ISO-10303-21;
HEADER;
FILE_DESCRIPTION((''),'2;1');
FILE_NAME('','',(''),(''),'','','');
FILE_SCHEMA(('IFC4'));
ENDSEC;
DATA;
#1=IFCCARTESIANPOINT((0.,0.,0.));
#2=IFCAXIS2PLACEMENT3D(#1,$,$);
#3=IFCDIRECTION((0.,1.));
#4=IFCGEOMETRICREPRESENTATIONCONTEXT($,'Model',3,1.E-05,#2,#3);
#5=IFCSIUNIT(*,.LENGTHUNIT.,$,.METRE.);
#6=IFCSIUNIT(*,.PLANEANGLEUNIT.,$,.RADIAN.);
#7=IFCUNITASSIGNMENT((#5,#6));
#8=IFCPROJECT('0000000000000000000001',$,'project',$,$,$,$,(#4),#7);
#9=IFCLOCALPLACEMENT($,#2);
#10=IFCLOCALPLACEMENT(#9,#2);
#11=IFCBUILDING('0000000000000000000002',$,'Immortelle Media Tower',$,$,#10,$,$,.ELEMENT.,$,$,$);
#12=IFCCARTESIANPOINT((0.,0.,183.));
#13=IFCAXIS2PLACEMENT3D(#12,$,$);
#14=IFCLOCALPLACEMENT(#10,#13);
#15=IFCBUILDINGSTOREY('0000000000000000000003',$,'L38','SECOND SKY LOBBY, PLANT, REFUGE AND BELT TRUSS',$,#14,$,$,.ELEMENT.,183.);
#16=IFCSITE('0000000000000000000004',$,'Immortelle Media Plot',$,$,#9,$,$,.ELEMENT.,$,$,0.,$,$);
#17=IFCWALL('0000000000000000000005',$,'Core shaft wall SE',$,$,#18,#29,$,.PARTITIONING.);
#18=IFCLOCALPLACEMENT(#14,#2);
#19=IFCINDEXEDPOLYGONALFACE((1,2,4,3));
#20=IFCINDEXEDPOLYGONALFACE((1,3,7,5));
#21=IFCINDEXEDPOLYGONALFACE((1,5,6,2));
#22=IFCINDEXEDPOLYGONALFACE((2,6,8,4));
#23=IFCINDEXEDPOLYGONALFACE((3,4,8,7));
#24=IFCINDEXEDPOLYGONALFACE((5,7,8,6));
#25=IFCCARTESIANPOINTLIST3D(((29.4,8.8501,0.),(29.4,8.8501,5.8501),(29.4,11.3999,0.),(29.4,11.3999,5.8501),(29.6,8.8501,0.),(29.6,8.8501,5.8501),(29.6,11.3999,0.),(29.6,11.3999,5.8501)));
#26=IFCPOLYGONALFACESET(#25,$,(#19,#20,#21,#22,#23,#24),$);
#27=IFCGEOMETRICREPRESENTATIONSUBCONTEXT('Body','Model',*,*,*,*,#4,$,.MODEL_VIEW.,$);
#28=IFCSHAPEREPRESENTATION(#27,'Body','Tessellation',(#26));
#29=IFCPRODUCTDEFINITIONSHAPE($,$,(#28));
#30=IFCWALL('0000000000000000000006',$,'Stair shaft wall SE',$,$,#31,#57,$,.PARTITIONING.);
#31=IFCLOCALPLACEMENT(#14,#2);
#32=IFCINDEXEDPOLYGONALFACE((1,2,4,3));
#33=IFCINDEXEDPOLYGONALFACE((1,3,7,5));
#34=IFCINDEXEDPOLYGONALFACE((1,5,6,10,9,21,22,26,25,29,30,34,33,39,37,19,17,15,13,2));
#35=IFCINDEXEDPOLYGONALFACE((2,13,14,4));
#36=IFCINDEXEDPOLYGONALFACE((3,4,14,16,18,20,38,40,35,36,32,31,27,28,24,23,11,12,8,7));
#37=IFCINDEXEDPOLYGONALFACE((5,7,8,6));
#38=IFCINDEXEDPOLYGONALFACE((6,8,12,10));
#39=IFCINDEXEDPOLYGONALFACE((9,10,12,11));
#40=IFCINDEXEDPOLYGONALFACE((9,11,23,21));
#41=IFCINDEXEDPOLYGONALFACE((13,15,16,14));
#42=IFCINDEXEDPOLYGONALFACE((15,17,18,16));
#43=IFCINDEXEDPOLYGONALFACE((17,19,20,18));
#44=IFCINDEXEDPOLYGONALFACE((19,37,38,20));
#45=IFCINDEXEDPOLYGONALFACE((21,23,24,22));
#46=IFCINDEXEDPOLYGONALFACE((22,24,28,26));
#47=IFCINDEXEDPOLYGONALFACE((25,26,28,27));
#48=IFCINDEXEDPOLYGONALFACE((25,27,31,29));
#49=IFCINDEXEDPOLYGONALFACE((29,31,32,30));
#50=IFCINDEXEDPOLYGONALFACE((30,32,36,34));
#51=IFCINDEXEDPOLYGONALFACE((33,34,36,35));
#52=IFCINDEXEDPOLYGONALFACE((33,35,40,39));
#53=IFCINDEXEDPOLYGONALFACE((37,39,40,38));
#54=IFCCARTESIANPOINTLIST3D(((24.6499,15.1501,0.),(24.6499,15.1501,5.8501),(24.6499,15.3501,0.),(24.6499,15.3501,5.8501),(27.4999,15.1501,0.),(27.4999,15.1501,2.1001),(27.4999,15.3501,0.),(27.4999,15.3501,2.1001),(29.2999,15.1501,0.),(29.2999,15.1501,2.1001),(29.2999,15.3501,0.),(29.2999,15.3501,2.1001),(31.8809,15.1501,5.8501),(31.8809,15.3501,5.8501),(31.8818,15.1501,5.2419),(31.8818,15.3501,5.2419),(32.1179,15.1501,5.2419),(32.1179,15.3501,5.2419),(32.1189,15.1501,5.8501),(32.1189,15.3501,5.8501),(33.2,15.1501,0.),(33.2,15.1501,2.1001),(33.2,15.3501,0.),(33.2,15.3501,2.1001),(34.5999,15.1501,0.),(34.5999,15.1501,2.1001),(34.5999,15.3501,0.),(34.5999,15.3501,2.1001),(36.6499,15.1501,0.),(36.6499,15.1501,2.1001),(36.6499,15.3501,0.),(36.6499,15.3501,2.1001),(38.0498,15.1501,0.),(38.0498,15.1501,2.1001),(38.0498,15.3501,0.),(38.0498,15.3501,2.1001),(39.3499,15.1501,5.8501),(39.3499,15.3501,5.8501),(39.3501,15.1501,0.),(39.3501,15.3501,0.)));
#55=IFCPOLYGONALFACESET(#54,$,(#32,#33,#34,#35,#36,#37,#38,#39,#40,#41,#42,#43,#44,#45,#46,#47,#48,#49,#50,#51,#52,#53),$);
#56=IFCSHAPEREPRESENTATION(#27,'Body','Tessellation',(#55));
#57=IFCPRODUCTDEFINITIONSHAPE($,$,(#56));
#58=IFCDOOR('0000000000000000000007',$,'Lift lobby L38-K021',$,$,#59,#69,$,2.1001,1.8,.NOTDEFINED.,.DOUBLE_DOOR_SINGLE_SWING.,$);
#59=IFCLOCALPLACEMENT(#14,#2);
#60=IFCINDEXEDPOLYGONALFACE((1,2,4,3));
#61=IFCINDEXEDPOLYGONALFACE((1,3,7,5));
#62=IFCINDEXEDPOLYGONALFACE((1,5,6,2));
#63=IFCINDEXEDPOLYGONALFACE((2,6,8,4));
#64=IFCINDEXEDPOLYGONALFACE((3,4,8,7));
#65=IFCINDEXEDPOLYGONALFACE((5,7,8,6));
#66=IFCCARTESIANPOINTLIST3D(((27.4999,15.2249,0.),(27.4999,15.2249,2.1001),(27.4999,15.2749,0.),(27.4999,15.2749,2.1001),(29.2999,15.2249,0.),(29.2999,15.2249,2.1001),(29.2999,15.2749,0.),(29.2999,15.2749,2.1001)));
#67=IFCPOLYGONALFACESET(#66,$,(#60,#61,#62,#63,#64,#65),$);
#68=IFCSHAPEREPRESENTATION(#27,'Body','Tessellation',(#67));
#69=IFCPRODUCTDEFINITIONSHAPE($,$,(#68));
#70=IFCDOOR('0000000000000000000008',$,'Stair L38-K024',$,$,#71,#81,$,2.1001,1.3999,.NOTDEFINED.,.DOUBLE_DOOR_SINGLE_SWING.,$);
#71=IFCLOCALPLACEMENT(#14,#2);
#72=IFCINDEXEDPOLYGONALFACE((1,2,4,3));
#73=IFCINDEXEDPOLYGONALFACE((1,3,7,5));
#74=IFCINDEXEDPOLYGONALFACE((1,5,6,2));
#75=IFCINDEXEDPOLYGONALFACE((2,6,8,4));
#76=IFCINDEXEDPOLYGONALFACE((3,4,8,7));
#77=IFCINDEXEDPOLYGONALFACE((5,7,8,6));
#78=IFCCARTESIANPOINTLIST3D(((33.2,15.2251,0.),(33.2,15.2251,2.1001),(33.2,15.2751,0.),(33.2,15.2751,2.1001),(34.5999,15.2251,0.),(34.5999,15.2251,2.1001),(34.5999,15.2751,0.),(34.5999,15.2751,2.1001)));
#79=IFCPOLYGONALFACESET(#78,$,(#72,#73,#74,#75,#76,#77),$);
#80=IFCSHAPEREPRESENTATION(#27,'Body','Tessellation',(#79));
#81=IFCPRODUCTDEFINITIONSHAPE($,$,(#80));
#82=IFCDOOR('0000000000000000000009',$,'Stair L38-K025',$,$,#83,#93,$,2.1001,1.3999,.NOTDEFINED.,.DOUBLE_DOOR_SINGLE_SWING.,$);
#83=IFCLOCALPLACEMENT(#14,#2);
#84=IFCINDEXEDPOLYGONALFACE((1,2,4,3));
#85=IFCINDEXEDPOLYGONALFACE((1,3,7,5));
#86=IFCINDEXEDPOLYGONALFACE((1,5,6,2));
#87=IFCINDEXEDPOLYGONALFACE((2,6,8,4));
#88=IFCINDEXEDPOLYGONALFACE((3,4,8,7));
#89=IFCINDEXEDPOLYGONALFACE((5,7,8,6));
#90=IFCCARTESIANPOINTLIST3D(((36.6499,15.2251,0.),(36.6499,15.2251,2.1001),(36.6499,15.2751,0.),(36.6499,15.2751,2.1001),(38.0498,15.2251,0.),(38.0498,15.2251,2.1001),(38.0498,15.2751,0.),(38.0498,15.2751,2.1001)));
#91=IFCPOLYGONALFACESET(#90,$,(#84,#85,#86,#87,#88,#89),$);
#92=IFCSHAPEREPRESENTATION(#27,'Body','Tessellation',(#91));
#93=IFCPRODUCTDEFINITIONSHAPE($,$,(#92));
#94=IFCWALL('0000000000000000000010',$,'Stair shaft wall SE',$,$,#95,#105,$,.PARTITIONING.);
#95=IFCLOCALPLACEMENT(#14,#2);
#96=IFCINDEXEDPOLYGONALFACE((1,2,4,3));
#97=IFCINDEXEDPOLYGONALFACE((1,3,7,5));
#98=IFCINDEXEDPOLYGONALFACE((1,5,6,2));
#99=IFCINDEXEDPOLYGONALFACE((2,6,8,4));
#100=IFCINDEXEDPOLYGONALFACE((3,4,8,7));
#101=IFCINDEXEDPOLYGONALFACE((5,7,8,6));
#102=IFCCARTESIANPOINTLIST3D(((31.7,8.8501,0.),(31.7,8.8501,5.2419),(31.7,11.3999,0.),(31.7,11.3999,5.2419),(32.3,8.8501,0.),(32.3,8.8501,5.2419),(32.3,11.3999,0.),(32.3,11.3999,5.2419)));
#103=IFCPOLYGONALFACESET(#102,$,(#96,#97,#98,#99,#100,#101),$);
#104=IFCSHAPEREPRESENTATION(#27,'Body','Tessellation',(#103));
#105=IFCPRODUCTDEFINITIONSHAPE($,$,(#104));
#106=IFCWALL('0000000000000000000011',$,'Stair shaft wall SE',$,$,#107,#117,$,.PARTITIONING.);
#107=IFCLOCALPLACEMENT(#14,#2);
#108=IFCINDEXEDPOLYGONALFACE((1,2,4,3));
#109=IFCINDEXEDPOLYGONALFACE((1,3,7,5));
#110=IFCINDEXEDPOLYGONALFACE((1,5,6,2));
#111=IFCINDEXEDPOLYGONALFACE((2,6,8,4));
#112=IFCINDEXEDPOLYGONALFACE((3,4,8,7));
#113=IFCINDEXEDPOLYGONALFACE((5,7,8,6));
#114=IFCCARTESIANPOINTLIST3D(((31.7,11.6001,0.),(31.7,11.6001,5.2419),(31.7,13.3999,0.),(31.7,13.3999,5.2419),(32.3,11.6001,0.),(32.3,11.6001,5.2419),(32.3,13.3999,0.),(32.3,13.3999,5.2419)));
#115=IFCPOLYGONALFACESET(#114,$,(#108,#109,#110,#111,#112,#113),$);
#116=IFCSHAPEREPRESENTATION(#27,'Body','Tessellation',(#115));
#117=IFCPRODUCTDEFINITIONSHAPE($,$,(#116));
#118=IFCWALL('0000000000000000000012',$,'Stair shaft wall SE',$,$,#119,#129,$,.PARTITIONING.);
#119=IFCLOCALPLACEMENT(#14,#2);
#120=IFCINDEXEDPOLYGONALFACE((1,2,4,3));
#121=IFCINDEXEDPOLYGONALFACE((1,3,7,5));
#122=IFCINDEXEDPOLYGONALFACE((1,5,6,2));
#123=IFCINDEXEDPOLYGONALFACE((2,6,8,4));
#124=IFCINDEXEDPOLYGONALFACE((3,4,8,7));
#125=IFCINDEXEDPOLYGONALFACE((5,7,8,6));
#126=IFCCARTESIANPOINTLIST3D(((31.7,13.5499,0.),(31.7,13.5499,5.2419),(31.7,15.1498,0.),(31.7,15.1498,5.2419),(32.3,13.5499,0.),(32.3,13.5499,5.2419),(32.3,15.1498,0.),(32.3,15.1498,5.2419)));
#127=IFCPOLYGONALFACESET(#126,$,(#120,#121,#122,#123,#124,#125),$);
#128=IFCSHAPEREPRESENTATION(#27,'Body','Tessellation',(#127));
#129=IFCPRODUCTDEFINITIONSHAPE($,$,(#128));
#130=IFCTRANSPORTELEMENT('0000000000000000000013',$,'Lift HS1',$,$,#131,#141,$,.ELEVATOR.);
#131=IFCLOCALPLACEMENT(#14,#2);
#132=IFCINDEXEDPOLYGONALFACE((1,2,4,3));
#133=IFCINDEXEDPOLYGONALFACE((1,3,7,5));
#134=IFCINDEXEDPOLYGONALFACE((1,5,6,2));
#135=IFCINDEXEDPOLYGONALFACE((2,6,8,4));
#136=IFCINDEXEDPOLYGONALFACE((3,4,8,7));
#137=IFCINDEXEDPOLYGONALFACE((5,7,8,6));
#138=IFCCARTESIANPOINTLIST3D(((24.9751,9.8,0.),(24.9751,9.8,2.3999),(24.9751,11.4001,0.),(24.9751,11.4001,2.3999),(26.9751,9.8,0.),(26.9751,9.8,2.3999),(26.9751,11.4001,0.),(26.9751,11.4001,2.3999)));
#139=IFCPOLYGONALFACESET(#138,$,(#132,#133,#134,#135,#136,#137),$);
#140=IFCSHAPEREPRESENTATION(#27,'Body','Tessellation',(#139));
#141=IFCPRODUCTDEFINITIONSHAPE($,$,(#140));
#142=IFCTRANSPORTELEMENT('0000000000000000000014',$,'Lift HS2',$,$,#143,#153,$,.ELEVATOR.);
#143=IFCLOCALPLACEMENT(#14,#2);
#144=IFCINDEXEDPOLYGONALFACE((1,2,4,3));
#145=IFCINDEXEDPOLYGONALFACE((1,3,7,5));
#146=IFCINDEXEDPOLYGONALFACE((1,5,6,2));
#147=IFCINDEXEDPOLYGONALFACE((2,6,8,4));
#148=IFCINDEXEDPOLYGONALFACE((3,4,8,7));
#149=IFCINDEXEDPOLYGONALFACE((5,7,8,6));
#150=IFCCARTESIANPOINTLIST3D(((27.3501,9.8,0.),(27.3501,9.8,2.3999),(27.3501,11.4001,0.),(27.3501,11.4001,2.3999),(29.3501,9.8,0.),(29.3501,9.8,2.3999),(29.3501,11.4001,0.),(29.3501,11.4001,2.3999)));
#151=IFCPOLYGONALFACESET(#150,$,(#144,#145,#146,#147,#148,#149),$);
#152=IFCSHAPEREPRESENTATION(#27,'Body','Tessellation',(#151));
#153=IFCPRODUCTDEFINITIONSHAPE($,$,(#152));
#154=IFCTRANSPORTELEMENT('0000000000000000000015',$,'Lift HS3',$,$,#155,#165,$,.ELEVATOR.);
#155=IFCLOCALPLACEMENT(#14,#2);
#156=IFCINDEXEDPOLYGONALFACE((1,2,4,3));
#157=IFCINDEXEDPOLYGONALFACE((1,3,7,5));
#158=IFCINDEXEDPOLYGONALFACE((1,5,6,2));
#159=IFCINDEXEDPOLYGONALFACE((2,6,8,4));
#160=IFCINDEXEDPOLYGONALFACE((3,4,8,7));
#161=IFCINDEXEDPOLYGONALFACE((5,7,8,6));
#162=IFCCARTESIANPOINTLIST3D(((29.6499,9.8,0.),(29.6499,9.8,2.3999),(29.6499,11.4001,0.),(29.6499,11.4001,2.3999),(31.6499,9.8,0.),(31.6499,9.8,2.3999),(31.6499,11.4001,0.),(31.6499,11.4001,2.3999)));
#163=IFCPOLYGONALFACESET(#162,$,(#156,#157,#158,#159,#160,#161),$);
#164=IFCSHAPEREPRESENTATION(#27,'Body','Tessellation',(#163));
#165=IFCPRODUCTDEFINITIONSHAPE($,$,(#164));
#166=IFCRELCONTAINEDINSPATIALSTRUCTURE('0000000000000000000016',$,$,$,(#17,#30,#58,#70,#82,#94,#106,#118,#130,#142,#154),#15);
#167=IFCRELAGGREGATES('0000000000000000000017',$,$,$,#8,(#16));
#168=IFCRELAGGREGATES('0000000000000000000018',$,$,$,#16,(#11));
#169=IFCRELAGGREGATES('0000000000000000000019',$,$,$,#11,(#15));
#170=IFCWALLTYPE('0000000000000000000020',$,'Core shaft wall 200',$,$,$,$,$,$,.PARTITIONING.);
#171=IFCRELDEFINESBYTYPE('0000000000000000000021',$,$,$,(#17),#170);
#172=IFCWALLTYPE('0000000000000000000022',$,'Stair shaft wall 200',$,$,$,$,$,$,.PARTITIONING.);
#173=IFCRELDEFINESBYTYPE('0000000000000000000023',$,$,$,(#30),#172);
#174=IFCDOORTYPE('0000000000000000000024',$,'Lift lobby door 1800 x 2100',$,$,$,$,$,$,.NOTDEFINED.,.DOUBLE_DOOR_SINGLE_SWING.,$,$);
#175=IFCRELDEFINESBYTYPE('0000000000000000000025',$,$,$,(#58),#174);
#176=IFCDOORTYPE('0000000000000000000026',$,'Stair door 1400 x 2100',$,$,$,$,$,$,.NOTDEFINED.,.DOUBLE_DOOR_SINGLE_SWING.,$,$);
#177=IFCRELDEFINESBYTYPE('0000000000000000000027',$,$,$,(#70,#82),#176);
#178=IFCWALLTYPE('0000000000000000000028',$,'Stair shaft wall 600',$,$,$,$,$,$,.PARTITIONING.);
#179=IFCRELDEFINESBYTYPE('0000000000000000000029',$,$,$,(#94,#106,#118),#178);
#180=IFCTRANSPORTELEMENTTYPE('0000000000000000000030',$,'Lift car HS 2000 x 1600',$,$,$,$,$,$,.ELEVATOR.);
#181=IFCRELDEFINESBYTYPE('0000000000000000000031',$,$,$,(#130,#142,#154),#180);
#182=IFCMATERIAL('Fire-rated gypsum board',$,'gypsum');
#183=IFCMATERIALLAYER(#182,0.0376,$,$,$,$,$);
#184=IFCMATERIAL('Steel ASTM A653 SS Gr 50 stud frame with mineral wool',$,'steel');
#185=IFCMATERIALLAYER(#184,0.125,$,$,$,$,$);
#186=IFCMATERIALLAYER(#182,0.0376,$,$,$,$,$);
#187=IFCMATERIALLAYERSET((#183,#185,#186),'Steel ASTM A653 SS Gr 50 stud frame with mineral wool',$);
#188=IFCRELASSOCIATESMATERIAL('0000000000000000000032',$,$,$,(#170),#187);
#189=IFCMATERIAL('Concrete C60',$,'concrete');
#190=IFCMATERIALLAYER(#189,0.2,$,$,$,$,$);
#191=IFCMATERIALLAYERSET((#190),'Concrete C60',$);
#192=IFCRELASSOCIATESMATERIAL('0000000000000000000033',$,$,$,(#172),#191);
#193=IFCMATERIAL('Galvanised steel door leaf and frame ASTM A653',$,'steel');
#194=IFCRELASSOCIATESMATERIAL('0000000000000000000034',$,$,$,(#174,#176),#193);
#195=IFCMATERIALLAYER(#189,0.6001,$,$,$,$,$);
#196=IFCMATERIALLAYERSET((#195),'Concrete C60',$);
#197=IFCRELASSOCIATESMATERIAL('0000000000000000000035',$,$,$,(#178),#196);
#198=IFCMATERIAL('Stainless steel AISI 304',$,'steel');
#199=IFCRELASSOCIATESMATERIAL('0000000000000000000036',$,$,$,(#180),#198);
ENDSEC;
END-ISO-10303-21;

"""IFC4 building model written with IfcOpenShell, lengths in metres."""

from ifc_helpers import new_model, si_unit, direction, frame, frame_2d, origin, origin_2d, place, context, subcontext, project, spatial, polyline, rectangle, outline, extrude, material, layer, layer_set, type_object, element, fill, save


model = new_model("IFC4")

# Units and contexts
model_context = context("Model", 3, precision=1e-05, world=origin(), true_north=direction((0.0, 1.0)))
body_context = subcontext(model_context, "Body", "Model", "MODEL_VIEW")
ifc_project = project(units=[si_unit("LENGTHUNIT", "METRE"), si_unit("PLANEANGLEUNIT", "RADIAN")], contexts=[model_context])

# Site, building, storey
site_placement = place(None, origin())
site = spatial("IfcSite", under=ifc_project, at=site_placement, Name="Immortelle Media Plot", CompositionType="ELEMENT", RefElevation=0.0)
building_placement = place(site_placement, origin())
building = spatial("IfcBuilding", under=site, at=building_placement, Name="Immortelle Media Tower", CompositionType="ELEMENT")
storey_placement = place(building_placement, frame((0.0, 0.0, 183.0)))
storey = spatial("IfcBuildingStorey", under=building, at=storey_placement, Name="L38", Description="SECOND SKY LOBBY, PLANT, REFUGE AND BELT TRUSS", CompositionType="ELEMENT", Elevation=183.0)

# Shared definitions
ifc_material_1 = material(Name="Fire-rated gypsum board", Category="gypsum")
ifc_material_2 = material(Name="Steel ASTM A653 SS Gr 50 stud frame with mineral wool", Category="steel")

# Shared definitions
ifc_material_3 = material(Name="Galvanised steel door leaf and frame ASTM A653", Category="steel")

# Shared definitions
ifc_layer_1 = layer(ifc_material_1, 0.0376)
ifc_layer_2 = layer(ifc_material_2, 0.125)
ifc_layer_3 = layer(ifc_material_1, 0.0376)
ifc_layer_set_1 = layer_set([ifc_layer_1, ifc_layer_2, ifc_layer_3], Name="Steel ASTM A653 SS Gr 50 stud frame with mineral wool")
wall_type_1 = type_object("IfcWallType", Name="Core shaft wall 200", PredefinedType="PARTITIONING", material=ifc_layer_set_1)
ifc_material_4 = material(Name="Stainless steel AISI 304", Category="steel")

# Wall
wall_1_placement = place(storey_placement, frame((29.5, 8.8501, 0.0), z_axis=(0.0, 0.0, 1.0), x_axis=(0.0, 1.0, 0.0)))
element("IfcWall", 1, at=wall_1_placement, inside=storey, type_object=wall_type_1, Name="Core shaft wall SE", PredefinedType="PARTITIONING", context=body_context, shape_type="SweptSolid", body=[
    extrude(rectangle(XDim=2.5498, YDim=0.2, at=frame_2d((1.2749, 0.0))), origin(), (0.0, 0.0, 1.0), 5.8501),
])

# Wall, openings, doors
ifc_material_5 = material(Name="Concrete C60", Category="concrete")
ifc_layer_4 = layer(ifc_material_5, 0.2)
ifc_layer_set_2 = layer_set([ifc_layer_4], Name="Concrete C60")
wall_type_2 = type_object("IfcWallType", Name="Stair shaft wall 200", PredefinedType="PARTITIONING", material=ifc_layer_set_2)
wall_2_placement = place(storey_placement, frame((24.6499, 15.25, 0.0), z_axis=(0.0, 0.0, 1.0), x_axis=(1.0, 0.0, 0.0)))
wall_2 = element("IfcWall", 2, at=wall_2_placement, inside=storey, type_object=wall_type_2, Name="Stair shaft wall SE", PredefinedType="PARTITIONING", context=body_context, shape_type="SweptSolid", body=[
    extrude(outline(polyline([(0.0, 0.0), (14.7002, 0.0), (14.7, 5.8501), (7.469, 5.8501), (7.468, 5.2419), (7.2319, 5.2419), (7.231, 5.8501), (0.0, 5.8501), (0.0, 0.0)])), frame((0.0, 0.1001, 0.0), z_axis=(0.0, -1.0, 0.0), x_axis=(1.0, 0.0, 0.0)), (0.0, 0.0, 1.0), 0.2),
])
opening_1_placement = place(wall_2_placement, frame((2.8501, 0.0, 0.0)))
opening_1 = element("IfcOpeningElement", 3, at=opening_1_placement, cuts=wall_2, PredefinedType="OPENING", context=body_context, shape_type="SweptSolid", body=[
    extrude(rectangle(XDim=1.8, YDim=2.1001, at=frame_2d((0.8999, 1.05))), frame((0.0, 0.1099, 0.0), z_axis=(0.0, -1.0, 0.0), x_axis=(1.0, 0.0, 0.0)), (0.0, 0.0, 1.0), 0.22),
])
opening_2_placement = place(wall_2_placement, frame((9.95, 0.0, 0.0), z_axis=(0.0, 0.0, 1.0), x_axis=(-1.0, 0.0, 0.0)))
opening_2 = element("IfcOpeningElement", 4, at=opening_2_placement, cuts=wall_2, PredefinedType="OPENING", context=body_context, shape_type="SweptSolid", body=[
    extrude(rectangle(XDim=1.3999, YDim=2.1001, at=frame_2d((0.7, 1.05))), frame((0.0, 0.1099, 0.0), z_axis=(0.0, -1.0, 0.0), x_axis=(1.0, 0.0, 0.0)), (0.0, 0.0, 1.0), 0.22),
])
opening_3_placement = place(wall_2_placement, frame((13.3999, 0.0, 0.0), z_axis=(0.0, 0.0, 1.0), x_axis=(-1.0, 0.0, 0.0)))
opening_3 = element("IfcOpeningElement", 5, at=opening_3_placement, cuts=wall_2, PredefinedType="OPENING", context=body_context, shape_type="SweptSolid", body=[
    extrude(rectangle(XDim=1.3999, YDim=2.1001, at=frame_2d((0.7, 1.05))), frame((0.0, 0.1099, 0.0), z_axis=(0.0, -1.0, 0.0), x_axis=(1.0, 0.0, 0.0)), (0.0, 0.0, 1.0), 0.22),
])
door_type_1 = type_object("IfcDoorType", Name="Lift lobby door 1800 x 2100", OperationType="DOUBLE_DOOR_SINGLE_SWING", PredefinedType="NOTDEFINED", material=ifc_material_3)
door_1_placement = place(opening_1_placement, origin())
door_1 = element("IfcDoor", 6, at=door_1_placement, inside=storey, type_object=door_type_1, Name="Lift lobby L38-K021", OperationType="DOUBLE_DOOR_SINGLE_SWING", OverallHeight=2.1001, OverallWidth=1.8, PredefinedType="NOTDEFINED", context=body_context, shape_type="SweptSolid", body=[
    extrude(rectangle(XDim=1.8, YDim=2.1001, at=frame_2d((0.8999, 1.05))), frame((0.0, 0.0249, 0.0), z_axis=(0.0, -1.0, 0.0), x_axis=(1.0, 0.0, 0.0)), (0.0, 0.0, 1.0), 0.05),
])
fill(opening_1, door_1)
door_type_2 = type_object("IfcDoorType", Name="Stair door 1400 x 2100", OperationType="DOUBLE_DOOR_SINGLE_SWING", PredefinedType="NOTDEFINED", material=ifc_material_3)
door_2_placement = place(opening_2_placement, origin())
door_2 = element("IfcDoor", 7, at=door_2_placement, inside=storey, type_object=door_type_2, Name="Stair L38-K024", OperationType="DOUBLE_DOOR_SINGLE_SWING", OverallHeight=2.1001, OverallWidth=1.3999, PredefinedType="NOTDEFINED", context=body_context, shape_type="SweptSolid", body=[
    extrude(rectangle(XDim=1.3999, YDim=2.1001, at=frame_2d((0.7, 1.05))), frame((0.0, 0.0249, 0.0), z_axis=(0.0, -1.0, 0.0), x_axis=(1.0, 0.0, 0.0)), (0.0, 0.0, 1.0), 0.05),
])
fill(opening_2, door_2)
door_3_placement = place(opening_3_placement, origin())
door_3 = element("IfcDoor", 8, at=door_3_placement, inside=storey, type_object=door_type_2, Name="Stair L38-K025", OperationType="DOUBLE_DOOR_SINGLE_SWING", OverallHeight=2.1001, OverallWidth=1.3999, PredefinedType="NOTDEFINED", context=body_context, shape_type="SweptSolid", body=[
    extrude(rectangle(XDim=1.3999, YDim=2.1001, at=frame_2d((0.7, 1.05))), frame((0.0, 0.0249, 0.0), z_axis=(0.0, -1.0, 0.0), x_axis=(1.0, 0.0, 0.0)), (0.0, 0.0, 1.0), 0.05),
])
fill(opening_3, door_3)

# Walls
ifc_layer_5 = layer(ifc_material_5, 0.6001)
ifc_layer_set_3 = layer_set([ifc_layer_5], Name="Concrete C60")
wall_type_3 = type_object("IfcWallType", Name="Stair shaft wall 600", PredefinedType="PARTITIONING", material=ifc_layer_set_3)
wall_3_placement = place(storey_placement, frame((32.0, 8.8501, 0.0), z_axis=(0.0, 0.0, 1.0), x_axis=(0.0, 1.0, 0.0)))
element("IfcWall", 9, at=wall_3_placement, inside=storey, type_object=wall_type_3, Name="Stair shaft wall SE", PredefinedType="PARTITIONING", context=body_context, shape_type="SweptSolid", body=[
    extrude(rectangle(XDim=2.5498, YDim=0.6001, at=frame_2d((1.2749, 0.0))), origin(), (0.0, 0.0, 1.0), 5.2419),
])
wall_4_placement = place(storey_placement, frame((32.0, 11.6001, 0.0), z_axis=(0.0, 0.0, 1.0), x_axis=(0.0, 1.0, 0.0)))
element("IfcWall", 10, at=wall_4_placement, inside=storey, type_object=wall_type_3, Name="Stair shaft wall SE", PredefinedType="PARTITIONING", context=body_context, shape_type="SweptSolid", body=[
    extrude(rectangle(XDim=1.7998, YDim=0.6001, at=frame_2d((0.8999, 0.0))), origin(), (0.0, 0.0, 1.0), 5.2419),
])
wall_5_placement = place(storey_placement, frame((32.0, 13.55, 0.0), z_axis=(0.0, 0.0, 1.0), x_axis=(0.0, 1.0, 0.0)))
element("IfcWall", 11, at=wall_5_placement, inside=storey, type_object=wall_type_3, Name="Stair shaft wall SE", PredefinedType="PARTITIONING", context=body_context, shape_type="SweptSolid", body=[
    extrude(rectangle(XDim=1.5999, YDim=0.6001, at=frame_2d((0.7998, 0.0))), origin(), (0.0, 0.0, 1.0), 5.2419),
])

# Transport elements
transport_element_type = type_object("IfcTransportElementType", Name="Lift car HS 2000 x 1600", PredefinedType="ELEVATOR", material=ifc_material_4)
for number, where, z_axis, x_axis, name in (
    (12, (25.9751, 10.6001, 0.0), (0.0, 0.0, 1.0), (1.0, 0.0, 0.0), "Lift HS1"),
    (13, (28.3501, 10.6001, 0.0), (0.0, 0.0, 1.0), (1.0, 0.0, 0.0), "Lift HS2"),
    (14, (30.6499, 10.6001, 0.0), (0.0, 0.0, 1.0), (1.0, 0.0, 0.0), "Lift HS3"),
):
    element("IfcTransportElement", number, at=place(storey_placement, frame(where, z_axis=z_axis, x_axis=x_axis)), inside=storey, type_object=transport_element_type, Name=name, PredefinedType="ELEVATOR", context=body_context, shape_type="SweptSolid", body=[
        extrude(rectangle(XDim=2.0, YDim=1.6001, at=origin_2d()), origin(), (0.0, 0.0, 1.0), 2.3999),
    ])

save(model, "model.ifc")
